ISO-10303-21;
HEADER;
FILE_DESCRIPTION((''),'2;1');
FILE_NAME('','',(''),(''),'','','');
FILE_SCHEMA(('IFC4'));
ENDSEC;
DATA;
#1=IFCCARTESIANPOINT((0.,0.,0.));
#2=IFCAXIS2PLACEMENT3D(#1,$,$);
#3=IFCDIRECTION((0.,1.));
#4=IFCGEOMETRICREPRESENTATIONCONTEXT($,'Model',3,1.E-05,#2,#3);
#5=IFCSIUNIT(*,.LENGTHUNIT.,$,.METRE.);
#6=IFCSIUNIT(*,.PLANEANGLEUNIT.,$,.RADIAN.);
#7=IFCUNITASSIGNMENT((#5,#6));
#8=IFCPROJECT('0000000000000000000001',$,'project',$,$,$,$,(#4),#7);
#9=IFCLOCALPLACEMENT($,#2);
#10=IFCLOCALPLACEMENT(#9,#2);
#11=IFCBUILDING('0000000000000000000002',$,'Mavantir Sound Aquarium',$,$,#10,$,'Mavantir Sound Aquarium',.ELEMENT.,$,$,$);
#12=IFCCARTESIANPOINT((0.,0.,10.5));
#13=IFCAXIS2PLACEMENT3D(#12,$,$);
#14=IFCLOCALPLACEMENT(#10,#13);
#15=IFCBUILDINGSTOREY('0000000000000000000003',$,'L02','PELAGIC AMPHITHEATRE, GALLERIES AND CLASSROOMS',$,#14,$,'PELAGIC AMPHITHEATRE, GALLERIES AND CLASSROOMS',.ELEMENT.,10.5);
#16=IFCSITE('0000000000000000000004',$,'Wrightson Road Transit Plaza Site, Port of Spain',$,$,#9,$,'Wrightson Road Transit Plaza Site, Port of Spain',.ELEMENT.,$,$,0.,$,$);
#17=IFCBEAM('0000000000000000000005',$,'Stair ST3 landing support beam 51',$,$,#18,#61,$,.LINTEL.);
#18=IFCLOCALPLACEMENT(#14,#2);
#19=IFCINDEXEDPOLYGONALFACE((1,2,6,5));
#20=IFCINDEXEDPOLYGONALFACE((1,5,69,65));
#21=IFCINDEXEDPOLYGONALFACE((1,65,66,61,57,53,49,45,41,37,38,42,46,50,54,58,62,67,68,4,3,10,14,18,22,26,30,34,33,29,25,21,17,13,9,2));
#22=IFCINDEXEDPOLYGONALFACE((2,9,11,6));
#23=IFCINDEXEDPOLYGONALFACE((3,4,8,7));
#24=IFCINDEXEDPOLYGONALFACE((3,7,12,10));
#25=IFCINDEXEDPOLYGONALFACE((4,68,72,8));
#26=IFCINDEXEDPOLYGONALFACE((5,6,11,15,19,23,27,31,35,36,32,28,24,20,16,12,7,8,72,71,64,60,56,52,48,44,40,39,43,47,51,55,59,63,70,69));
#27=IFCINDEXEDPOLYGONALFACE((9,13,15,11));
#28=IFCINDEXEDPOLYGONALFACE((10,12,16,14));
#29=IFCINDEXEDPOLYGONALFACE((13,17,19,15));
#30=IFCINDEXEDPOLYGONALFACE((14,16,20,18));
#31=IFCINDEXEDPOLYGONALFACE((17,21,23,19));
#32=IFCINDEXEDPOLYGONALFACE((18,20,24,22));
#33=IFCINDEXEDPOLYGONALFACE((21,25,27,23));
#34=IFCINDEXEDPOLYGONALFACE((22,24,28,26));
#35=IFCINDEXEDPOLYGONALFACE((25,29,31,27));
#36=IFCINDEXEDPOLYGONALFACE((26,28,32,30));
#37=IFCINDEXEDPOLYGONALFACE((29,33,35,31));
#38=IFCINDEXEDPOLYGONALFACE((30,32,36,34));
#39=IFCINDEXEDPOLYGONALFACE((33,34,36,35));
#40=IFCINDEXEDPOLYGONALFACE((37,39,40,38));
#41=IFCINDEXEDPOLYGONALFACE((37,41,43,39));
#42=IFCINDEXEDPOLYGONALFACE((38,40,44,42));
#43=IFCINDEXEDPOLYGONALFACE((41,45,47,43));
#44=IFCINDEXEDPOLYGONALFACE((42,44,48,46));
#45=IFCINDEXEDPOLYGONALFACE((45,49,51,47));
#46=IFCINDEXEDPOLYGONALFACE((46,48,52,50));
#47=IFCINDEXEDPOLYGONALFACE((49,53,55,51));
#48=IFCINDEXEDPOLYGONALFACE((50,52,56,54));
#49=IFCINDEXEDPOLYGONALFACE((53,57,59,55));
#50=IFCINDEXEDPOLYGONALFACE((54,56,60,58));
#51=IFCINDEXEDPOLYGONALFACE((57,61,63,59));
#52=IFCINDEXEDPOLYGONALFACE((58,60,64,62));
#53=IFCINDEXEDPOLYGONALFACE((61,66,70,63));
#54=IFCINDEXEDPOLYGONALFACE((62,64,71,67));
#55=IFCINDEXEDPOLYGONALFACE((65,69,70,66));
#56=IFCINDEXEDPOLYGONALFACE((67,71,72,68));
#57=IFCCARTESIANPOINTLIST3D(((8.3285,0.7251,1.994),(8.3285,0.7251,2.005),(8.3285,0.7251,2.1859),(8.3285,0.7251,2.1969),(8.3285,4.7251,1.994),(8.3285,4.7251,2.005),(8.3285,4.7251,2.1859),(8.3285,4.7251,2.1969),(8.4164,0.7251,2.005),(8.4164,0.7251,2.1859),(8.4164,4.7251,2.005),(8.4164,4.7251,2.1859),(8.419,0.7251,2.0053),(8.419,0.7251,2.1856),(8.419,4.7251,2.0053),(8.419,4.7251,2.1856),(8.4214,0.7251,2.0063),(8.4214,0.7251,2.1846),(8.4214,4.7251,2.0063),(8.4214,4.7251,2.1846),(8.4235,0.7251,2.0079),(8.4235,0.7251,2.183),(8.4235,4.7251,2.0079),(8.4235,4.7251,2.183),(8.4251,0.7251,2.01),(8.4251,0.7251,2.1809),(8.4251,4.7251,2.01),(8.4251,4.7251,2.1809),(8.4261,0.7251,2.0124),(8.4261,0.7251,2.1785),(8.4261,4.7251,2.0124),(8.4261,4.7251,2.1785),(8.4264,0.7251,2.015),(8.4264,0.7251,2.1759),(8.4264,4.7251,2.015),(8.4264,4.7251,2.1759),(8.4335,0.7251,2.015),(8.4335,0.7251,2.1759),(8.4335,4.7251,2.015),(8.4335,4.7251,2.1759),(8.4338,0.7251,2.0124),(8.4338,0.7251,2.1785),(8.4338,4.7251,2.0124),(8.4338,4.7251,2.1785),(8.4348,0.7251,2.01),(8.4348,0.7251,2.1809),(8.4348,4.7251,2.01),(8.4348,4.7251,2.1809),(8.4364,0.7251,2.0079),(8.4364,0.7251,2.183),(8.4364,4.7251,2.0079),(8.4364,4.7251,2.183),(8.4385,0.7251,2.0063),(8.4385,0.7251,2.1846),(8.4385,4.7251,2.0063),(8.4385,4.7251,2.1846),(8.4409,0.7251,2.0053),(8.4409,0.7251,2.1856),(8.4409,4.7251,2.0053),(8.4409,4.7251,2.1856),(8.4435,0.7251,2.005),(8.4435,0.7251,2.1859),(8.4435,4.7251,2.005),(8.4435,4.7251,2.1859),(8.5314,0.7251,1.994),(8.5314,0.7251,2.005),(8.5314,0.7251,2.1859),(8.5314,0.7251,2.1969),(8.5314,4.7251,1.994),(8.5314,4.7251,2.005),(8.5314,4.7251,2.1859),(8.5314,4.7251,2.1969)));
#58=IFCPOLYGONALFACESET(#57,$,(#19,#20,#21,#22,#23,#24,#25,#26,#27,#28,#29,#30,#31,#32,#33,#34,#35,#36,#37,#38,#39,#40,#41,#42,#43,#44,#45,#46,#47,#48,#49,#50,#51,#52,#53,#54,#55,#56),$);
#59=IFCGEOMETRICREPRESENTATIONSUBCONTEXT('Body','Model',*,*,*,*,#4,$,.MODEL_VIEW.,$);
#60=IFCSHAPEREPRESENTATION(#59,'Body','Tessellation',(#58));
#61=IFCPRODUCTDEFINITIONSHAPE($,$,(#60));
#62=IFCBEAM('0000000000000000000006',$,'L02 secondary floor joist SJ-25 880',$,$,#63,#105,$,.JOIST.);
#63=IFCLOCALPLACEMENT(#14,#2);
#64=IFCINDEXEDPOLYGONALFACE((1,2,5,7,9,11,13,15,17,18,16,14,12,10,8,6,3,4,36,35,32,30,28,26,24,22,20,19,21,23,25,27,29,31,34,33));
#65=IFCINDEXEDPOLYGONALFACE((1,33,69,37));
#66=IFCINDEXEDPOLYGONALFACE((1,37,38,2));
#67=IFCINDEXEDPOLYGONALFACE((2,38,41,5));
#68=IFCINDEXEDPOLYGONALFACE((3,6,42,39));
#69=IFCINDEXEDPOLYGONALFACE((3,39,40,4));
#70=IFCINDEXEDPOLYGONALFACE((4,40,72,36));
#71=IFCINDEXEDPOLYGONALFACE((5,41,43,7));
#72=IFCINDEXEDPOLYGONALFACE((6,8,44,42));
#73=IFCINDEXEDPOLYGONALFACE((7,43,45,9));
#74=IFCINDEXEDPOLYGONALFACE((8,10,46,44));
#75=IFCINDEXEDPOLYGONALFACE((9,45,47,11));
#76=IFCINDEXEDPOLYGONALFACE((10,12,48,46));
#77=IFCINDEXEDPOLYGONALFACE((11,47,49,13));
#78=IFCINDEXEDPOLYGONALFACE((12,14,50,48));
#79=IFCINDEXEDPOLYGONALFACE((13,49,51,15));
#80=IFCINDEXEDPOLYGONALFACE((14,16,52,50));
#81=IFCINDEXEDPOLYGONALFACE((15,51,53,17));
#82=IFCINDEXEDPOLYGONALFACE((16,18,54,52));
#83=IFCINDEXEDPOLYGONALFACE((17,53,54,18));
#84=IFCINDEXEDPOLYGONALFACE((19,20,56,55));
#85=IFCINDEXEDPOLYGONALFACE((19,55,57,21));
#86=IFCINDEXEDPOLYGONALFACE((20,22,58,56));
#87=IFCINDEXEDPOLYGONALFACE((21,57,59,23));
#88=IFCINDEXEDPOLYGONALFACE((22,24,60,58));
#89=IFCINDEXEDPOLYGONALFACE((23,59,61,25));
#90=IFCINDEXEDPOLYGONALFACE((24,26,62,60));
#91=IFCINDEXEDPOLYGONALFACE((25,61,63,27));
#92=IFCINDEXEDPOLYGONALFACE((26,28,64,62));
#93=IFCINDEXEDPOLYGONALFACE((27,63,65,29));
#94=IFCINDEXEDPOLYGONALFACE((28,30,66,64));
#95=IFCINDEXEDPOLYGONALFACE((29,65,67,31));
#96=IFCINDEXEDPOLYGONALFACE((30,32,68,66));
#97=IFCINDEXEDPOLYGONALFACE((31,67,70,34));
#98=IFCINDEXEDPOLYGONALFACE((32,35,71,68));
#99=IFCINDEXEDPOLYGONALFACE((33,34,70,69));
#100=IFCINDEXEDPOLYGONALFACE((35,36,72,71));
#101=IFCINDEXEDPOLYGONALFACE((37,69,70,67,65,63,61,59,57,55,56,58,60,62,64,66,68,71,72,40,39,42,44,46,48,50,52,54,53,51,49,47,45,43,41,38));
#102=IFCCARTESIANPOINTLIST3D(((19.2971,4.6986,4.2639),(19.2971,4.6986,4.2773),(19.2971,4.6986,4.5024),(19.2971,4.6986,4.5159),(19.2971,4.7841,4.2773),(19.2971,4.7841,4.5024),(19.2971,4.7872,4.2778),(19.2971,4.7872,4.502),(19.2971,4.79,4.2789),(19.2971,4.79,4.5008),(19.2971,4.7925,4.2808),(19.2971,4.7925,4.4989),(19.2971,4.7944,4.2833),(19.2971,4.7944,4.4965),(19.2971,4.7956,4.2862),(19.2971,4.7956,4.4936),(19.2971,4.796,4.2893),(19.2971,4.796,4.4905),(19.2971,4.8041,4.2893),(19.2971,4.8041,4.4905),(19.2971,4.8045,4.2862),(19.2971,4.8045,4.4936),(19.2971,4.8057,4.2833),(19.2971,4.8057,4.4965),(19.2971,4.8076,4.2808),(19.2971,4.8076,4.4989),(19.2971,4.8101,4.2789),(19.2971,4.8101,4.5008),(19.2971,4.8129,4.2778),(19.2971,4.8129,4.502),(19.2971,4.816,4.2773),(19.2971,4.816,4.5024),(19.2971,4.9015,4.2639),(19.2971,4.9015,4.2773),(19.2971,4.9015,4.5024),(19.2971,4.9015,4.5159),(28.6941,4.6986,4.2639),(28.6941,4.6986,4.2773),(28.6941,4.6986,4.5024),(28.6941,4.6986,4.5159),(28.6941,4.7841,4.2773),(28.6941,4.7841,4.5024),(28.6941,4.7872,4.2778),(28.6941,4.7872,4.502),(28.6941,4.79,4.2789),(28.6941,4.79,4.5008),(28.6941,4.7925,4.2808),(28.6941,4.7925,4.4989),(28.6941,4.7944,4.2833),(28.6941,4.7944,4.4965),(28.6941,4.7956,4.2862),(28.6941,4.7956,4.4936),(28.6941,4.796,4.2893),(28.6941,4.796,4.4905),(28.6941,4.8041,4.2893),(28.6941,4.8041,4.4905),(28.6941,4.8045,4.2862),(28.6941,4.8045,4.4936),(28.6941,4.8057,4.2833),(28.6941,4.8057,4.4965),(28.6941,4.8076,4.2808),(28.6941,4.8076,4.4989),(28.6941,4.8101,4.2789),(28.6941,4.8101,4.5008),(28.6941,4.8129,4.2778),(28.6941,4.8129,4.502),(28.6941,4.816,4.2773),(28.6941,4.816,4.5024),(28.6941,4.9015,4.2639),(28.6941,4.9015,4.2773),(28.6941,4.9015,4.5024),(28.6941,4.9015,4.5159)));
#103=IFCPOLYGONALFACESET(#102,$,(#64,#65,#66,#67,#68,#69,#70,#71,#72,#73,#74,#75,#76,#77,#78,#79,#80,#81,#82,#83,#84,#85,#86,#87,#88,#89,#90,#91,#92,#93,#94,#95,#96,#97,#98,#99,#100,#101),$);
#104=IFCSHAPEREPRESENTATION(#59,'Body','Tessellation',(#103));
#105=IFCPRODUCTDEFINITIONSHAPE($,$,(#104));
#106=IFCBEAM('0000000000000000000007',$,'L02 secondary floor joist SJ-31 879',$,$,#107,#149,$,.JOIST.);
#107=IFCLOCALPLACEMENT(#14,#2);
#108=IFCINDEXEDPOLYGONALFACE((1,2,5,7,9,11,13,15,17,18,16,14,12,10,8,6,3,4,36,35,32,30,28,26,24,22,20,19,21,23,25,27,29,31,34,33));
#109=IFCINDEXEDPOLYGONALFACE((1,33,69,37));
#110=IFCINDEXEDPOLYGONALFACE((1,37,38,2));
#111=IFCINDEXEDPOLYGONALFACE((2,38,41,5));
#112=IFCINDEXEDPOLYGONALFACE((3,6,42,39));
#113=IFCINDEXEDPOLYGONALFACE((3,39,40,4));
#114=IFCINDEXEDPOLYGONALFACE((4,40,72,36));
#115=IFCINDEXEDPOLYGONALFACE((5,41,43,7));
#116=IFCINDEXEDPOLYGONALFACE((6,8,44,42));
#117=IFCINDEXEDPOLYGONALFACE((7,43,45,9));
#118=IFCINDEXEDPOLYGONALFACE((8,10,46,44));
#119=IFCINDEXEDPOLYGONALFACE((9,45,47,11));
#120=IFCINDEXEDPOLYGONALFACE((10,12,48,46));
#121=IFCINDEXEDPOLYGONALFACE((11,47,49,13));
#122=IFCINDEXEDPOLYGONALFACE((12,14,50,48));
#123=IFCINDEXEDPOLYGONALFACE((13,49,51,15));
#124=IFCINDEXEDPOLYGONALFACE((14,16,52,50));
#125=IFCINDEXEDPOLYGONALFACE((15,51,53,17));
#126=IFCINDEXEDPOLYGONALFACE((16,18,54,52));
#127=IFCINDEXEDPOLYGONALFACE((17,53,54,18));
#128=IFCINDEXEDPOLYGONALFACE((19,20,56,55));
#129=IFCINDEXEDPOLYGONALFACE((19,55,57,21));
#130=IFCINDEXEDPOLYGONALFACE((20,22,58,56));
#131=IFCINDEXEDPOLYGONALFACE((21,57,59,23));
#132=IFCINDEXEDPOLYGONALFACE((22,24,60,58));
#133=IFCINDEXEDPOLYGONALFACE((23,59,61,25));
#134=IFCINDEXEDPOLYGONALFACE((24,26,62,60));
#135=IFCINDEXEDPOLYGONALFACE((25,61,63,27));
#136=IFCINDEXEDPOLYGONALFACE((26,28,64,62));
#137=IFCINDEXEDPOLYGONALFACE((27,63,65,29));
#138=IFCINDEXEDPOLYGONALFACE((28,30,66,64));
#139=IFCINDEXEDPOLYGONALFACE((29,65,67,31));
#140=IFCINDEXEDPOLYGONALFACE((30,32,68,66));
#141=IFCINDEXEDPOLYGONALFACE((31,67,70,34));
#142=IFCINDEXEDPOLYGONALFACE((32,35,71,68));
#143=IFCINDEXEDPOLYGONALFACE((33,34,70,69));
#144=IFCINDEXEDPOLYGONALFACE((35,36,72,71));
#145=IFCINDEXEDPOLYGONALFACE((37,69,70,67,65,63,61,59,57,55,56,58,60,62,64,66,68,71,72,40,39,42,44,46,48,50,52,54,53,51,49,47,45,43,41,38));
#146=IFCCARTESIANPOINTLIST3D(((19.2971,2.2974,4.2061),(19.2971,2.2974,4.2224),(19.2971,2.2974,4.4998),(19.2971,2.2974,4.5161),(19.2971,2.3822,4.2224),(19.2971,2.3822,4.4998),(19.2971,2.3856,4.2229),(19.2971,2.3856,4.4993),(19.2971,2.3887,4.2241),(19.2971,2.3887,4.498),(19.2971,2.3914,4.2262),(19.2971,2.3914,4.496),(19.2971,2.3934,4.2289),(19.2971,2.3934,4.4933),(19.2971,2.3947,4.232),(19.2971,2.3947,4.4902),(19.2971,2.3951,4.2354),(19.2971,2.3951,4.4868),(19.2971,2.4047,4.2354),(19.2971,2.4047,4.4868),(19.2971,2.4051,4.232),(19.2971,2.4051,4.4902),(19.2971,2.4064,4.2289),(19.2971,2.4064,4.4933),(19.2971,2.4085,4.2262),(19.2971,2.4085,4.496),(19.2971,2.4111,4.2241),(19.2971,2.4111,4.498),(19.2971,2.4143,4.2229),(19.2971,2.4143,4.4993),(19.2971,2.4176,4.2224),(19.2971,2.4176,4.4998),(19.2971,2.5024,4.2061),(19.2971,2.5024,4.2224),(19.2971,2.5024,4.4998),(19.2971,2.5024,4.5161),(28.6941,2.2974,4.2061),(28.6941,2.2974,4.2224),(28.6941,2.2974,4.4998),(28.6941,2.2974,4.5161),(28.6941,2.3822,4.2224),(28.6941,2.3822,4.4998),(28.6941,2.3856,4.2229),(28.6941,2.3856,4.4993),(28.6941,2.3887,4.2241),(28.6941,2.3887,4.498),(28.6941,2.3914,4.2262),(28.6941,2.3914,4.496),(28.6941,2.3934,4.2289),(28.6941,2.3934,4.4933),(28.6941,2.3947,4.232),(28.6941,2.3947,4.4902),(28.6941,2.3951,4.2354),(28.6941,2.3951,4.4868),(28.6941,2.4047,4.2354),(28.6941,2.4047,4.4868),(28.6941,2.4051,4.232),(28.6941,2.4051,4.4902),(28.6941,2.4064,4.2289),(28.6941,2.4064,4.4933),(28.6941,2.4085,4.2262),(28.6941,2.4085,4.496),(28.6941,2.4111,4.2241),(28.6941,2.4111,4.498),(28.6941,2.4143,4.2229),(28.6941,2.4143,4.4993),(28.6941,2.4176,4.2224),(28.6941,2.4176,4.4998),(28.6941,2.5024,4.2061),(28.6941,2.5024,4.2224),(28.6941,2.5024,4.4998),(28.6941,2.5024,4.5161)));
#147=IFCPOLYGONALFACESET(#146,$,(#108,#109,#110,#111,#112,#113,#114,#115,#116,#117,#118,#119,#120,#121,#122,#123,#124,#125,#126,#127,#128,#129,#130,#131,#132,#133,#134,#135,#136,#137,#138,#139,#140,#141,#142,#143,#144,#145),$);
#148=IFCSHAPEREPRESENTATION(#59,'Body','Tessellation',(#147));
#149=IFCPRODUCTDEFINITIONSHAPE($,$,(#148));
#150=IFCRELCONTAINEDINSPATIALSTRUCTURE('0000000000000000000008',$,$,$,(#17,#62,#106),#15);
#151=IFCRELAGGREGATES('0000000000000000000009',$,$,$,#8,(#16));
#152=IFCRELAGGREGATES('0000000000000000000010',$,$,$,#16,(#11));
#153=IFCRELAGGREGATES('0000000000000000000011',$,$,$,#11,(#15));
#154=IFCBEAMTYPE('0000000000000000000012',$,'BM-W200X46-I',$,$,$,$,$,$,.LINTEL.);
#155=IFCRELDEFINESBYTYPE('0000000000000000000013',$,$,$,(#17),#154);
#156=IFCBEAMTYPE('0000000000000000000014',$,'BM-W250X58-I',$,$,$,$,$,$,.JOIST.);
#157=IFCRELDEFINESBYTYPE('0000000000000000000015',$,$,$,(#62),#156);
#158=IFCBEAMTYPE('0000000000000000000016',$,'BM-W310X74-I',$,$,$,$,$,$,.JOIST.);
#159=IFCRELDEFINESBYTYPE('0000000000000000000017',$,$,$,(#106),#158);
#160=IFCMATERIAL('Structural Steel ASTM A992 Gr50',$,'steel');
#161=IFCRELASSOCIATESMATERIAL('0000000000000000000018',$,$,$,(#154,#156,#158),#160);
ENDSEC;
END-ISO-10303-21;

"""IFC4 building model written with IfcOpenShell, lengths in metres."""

from ifc_helpers import new_model, si_unit, direction, frame, origin, origin_2d, place, context, subcontext, project, spatial, i_section, extrude, material, material_profile, profile_set, type_object, element, save


model = new_model("IFC4")

# Units and contexts
model_context = context("Model", 3, precision=1e-05, world=origin(), true_north=direction((0.0, 1.0)))
body_context = subcontext(model_context, "Body", "Model", "MODEL_VIEW")
ifc_project = project(units=[si_unit("LENGTHUNIT", "METRE"), si_unit("PLANEANGLEUNIT", "RADIAN")], contexts=[model_context])

# Site, building, storey
site_placement = place(None, origin())
site = spatial("IfcSite", under=ifc_project, at=site_placement, Name="Wrightson Road Transit Plaza Site, Port of Spain", LongName="Wrightson Road Transit Plaza Site, Port of Spain", CompositionType="ELEMENT", RefElevation=0.0)
building_placement = place(site_placement, origin())
building = spatial("IfcBuilding", under=site, at=building_placement, Name="Mavantir Sound Aquarium", LongName="Mavantir Sound Aquarium", CompositionType="ELEMENT")
storey_placement = place(building_placement, frame((0.0, 0.0, 10.5)))
storey = spatial("IfcBuildingStorey", under=building, at=storey_placement, Name="L02", Description="PELAGIC AMPHITHEATRE, GALLERIES AND CLASSROOMS", LongName="PELAGIC AMPHITHEATRE, GALLERIES AND CLASSROOMS", CompositionType="ELEMENT", Elevation=10.5)

# Beams
ifc_material_1 = material(Name="Structural Steel ASTM A992 Gr50", Category="steel")
ifc_material_profile_1 = material_profile(ifc_material_1, i_section(OverallWidth=0.2029, OverallDepth=0.2029, WebThickness=0.0071, FlangeThickness=0.011, FilletRadius=0.01, at=origin_2d()), Name="W200X46")
ifc_profile_set_1 = profile_set([ifc_material_profile_1], Name="Structural Steel ASTM A992 Gr50")
beam_type_1 = type_object("IfcBeamType", Name="BM-W200X46-I", PredefinedType="LINTEL", material=ifc_profile_set_1)
for number, where, z_axis, x_axis, name in (
    (1, (8.4299, 0.7251, 2.0955), (0.0, 1.0, 0.0), (-1.0, 0.0, 0.0), "Stair ST3 landing support beam 51"),
):
    element("IfcBeam", number, at=place(storey_placement, frame(where, z_axis=z_axis, x_axis=x_axis)), inside=storey, type_object=beam_type_1, Name=name, PredefinedType="LINTEL", context=body_context, shape_type="SweptSolid", body=[
        extrude(i_section(OverallWidth=0.2029, OverallDepth=0.2029, WebThickness=0.0071, FlangeThickness=0.011, FilletRadius=0.01, at=origin_2d()), origin(), (0.0, 0.0, 1.0), 4.0),
    ])
ifc_material_profile_2 = material_profile(ifc_material_1, i_section(OverallWidth=0.2029, OverallDepth=0.252, WebThickness=0.0081, FlangeThickness=0.0134, FilletRadius=0.012, at=origin_2d()), Name="W250X58")
ifc_profile_set_2 = profile_set([ifc_material_profile_2], Name="Structural Steel ASTM A992 Gr50")
beam_type_2 = type_object("IfcBeamType", Name="BM-W250X58-I", PredefinedType="JOIST", material=ifc_profile_set_2)
beam_1_placement = place(storey_placement, frame((19.2971, 4.8, 4.3899), z_axis=(1.0, 0.0, 0.0), x_axis=(0.0, 1.0, 0.0)))
element("IfcBeam", 2, at=beam_1_placement, inside=storey, type_object=beam_type_2, Name="L02 secondary floor joist SJ-25 880", PredefinedType="JOIST", context=body_context, shape_type="SweptSolid", body=[
    extrude(i_section(OverallWidth=0.2029, OverallDepth=0.252, WebThickness=0.0081, FlangeThickness=0.0134, FilletRadius=0.012, at=origin_2d()), origin(), (0.0, 0.0, 1.0), 9.397),
])
ifc_material_profile_3 = material_profile(ifc_material_1, i_section(OverallWidth=0.2051, OverallDepth=0.3101, WebThickness=0.0095, FlangeThickness=0.0164, FilletRadius=0.0129, at=origin_2d()), Name="W310X74")
ifc_profile_set_3 = profile_set([ifc_material_profile_3], Name="Structural Steel ASTM A992 Gr50")
beam_type_3 = type_object("IfcBeamType", Name="BM-W310X74-I", PredefinedType="JOIST", material=ifc_profile_set_3)
beam_2_placement = place(storey_placement, frame((19.2971, 2.3999, 4.3611), z_axis=(1.0, 0.0, 0.0), x_axis=(0.0, 1.0, 0.0)))
element("IfcBeam", 3, at=beam_2_placement, inside=storey, type_object=beam_type_3, Name="L02 secondary floor joist SJ-31 879", PredefinedType="JOIST", context=body_context, shape_type="SweptSolid", body=[
    extrude(i_section(OverallWidth=0.2051, OverallDepth=0.3101, WebThickness=0.0095, FlangeThickness=0.0164, FilletRadius=0.0129, at=origin_2d()), origin(), (0.0, 0.0, 1.0), 9.397),
])

save(model, "model.ifc")
